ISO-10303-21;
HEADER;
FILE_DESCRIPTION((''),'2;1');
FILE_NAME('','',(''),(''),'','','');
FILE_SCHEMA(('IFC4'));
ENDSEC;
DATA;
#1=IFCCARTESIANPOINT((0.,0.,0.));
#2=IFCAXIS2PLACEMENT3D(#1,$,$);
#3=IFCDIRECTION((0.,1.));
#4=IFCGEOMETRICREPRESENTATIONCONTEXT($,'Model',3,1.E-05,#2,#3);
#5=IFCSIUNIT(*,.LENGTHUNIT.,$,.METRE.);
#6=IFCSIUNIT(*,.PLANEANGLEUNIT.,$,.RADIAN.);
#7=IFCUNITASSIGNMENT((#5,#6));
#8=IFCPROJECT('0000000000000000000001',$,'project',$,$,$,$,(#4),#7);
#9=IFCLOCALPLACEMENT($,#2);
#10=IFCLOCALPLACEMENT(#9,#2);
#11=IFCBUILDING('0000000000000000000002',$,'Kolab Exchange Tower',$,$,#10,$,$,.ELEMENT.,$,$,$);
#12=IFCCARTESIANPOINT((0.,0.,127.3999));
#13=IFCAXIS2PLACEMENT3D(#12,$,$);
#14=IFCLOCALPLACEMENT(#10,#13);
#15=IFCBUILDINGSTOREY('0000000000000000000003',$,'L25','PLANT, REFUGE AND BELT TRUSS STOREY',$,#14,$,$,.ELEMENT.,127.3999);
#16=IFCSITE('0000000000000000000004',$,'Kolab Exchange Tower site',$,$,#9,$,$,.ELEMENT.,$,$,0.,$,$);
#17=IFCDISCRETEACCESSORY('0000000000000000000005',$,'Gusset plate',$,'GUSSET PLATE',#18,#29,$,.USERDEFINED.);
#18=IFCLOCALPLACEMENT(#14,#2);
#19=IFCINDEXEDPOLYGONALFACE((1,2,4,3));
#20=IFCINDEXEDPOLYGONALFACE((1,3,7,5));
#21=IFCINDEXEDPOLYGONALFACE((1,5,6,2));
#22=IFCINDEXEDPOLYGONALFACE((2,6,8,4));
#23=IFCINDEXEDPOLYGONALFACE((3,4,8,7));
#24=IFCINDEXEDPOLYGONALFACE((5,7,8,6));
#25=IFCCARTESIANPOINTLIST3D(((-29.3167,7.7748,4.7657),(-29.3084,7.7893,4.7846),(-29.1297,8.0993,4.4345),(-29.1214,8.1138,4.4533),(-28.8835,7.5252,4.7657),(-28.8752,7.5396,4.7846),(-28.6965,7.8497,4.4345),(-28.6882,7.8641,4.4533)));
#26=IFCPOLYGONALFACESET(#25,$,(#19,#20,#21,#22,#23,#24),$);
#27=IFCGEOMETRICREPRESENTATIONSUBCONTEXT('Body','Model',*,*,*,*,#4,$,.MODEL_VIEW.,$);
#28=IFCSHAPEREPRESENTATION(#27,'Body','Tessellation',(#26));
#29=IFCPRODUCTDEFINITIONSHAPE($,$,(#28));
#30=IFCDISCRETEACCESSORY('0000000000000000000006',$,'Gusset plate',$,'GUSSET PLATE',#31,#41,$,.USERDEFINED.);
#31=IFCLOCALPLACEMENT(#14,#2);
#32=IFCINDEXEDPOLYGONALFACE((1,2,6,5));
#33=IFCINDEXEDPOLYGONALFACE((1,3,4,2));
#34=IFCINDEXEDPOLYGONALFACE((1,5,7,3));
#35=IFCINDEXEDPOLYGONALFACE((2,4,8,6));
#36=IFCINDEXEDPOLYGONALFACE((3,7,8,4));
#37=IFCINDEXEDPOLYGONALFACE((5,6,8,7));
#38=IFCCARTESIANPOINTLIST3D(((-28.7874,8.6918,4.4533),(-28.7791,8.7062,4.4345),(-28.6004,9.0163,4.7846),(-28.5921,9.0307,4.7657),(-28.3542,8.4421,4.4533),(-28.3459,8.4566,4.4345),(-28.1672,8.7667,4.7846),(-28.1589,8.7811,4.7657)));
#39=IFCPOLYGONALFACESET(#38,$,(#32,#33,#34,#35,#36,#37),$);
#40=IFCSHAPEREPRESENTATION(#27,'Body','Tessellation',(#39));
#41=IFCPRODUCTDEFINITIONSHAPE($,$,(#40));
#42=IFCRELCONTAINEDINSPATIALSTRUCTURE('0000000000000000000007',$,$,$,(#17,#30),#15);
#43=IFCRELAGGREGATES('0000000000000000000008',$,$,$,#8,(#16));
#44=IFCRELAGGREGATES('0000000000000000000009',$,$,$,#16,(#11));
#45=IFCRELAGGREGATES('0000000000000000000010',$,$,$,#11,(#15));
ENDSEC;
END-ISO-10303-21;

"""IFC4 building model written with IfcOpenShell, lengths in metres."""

from ifc_helpers import new_model, si_unit, direction, frame, origin, origin_2d, place, context, subcontext, project, spatial, rectangle, extrude, element, save


model = new_model("IFC4")

# Units and contexts
model_context = context("Model", 3, precision=1e-05, world=origin(), true_north=direction((0.0, 1.0)))
body_context = subcontext(model_context, "Body", "Model", "MODEL_VIEW")
ifc_project = project(units=[si_unit("LENGTHUNIT", "METRE"), si_unit("PLANEANGLEUNIT", "RADIAN")], contexts=[model_context])

# Site, building, storey
site_placement = place(None, origin())
site = spatial("IfcSite", under=ifc_project, at=site_placement, Name="Kolab Exchange Tower site", CompositionType="ELEMENT", RefElevation=0.0)
building_placement = place(site_placement, origin())
building = spatial("IfcBuilding", under=site, at=building_placement, Name="Kolab Exchange Tower", CompositionType="ELEMENT")
storey_placement = place(building_placement, frame((0.0, 0.0, 127.3999)))
storey = spatial("IfcBuildingStorey", under=building, at=storey_placement, Name="L25", Description="PLANT, REFUGE AND BELT TRUSS STOREY", CompositionType="ELEMENT", Elevation=127.3999)

# Discrete accessories
for number, where, z_axis, x_axis, name in (
    (1, (-29.0066, 7.8123, 4.6001), (0.330768, 0.57398, 0.749092), (-0.86643, 0.499299, 0.0), "Gusset plate"),
    (2, (-28.469, 8.7437, 4.6001), (-0.330768, -0.57398, 0.749092), (0.86643, -0.499299, 0.0), "Gusset plate"),
):
    element("IfcDiscreteAccessory", number, at=place(storey_placement, frame(where, z_axis=z_axis, x_axis=x_axis)), inside=storey, Name=name, ObjectType="GUSSET PLATE", PredefinedType="USERDEFINED", context=body_context, shape_type="SweptSolid", body=[
        extrude(rectangle(XDim=0.5, YDim=0.5, at=origin_2d()), origin(), (0.0, 0.0, 1.0), 0.0251),
    ])

save(model, "model.ifc")
